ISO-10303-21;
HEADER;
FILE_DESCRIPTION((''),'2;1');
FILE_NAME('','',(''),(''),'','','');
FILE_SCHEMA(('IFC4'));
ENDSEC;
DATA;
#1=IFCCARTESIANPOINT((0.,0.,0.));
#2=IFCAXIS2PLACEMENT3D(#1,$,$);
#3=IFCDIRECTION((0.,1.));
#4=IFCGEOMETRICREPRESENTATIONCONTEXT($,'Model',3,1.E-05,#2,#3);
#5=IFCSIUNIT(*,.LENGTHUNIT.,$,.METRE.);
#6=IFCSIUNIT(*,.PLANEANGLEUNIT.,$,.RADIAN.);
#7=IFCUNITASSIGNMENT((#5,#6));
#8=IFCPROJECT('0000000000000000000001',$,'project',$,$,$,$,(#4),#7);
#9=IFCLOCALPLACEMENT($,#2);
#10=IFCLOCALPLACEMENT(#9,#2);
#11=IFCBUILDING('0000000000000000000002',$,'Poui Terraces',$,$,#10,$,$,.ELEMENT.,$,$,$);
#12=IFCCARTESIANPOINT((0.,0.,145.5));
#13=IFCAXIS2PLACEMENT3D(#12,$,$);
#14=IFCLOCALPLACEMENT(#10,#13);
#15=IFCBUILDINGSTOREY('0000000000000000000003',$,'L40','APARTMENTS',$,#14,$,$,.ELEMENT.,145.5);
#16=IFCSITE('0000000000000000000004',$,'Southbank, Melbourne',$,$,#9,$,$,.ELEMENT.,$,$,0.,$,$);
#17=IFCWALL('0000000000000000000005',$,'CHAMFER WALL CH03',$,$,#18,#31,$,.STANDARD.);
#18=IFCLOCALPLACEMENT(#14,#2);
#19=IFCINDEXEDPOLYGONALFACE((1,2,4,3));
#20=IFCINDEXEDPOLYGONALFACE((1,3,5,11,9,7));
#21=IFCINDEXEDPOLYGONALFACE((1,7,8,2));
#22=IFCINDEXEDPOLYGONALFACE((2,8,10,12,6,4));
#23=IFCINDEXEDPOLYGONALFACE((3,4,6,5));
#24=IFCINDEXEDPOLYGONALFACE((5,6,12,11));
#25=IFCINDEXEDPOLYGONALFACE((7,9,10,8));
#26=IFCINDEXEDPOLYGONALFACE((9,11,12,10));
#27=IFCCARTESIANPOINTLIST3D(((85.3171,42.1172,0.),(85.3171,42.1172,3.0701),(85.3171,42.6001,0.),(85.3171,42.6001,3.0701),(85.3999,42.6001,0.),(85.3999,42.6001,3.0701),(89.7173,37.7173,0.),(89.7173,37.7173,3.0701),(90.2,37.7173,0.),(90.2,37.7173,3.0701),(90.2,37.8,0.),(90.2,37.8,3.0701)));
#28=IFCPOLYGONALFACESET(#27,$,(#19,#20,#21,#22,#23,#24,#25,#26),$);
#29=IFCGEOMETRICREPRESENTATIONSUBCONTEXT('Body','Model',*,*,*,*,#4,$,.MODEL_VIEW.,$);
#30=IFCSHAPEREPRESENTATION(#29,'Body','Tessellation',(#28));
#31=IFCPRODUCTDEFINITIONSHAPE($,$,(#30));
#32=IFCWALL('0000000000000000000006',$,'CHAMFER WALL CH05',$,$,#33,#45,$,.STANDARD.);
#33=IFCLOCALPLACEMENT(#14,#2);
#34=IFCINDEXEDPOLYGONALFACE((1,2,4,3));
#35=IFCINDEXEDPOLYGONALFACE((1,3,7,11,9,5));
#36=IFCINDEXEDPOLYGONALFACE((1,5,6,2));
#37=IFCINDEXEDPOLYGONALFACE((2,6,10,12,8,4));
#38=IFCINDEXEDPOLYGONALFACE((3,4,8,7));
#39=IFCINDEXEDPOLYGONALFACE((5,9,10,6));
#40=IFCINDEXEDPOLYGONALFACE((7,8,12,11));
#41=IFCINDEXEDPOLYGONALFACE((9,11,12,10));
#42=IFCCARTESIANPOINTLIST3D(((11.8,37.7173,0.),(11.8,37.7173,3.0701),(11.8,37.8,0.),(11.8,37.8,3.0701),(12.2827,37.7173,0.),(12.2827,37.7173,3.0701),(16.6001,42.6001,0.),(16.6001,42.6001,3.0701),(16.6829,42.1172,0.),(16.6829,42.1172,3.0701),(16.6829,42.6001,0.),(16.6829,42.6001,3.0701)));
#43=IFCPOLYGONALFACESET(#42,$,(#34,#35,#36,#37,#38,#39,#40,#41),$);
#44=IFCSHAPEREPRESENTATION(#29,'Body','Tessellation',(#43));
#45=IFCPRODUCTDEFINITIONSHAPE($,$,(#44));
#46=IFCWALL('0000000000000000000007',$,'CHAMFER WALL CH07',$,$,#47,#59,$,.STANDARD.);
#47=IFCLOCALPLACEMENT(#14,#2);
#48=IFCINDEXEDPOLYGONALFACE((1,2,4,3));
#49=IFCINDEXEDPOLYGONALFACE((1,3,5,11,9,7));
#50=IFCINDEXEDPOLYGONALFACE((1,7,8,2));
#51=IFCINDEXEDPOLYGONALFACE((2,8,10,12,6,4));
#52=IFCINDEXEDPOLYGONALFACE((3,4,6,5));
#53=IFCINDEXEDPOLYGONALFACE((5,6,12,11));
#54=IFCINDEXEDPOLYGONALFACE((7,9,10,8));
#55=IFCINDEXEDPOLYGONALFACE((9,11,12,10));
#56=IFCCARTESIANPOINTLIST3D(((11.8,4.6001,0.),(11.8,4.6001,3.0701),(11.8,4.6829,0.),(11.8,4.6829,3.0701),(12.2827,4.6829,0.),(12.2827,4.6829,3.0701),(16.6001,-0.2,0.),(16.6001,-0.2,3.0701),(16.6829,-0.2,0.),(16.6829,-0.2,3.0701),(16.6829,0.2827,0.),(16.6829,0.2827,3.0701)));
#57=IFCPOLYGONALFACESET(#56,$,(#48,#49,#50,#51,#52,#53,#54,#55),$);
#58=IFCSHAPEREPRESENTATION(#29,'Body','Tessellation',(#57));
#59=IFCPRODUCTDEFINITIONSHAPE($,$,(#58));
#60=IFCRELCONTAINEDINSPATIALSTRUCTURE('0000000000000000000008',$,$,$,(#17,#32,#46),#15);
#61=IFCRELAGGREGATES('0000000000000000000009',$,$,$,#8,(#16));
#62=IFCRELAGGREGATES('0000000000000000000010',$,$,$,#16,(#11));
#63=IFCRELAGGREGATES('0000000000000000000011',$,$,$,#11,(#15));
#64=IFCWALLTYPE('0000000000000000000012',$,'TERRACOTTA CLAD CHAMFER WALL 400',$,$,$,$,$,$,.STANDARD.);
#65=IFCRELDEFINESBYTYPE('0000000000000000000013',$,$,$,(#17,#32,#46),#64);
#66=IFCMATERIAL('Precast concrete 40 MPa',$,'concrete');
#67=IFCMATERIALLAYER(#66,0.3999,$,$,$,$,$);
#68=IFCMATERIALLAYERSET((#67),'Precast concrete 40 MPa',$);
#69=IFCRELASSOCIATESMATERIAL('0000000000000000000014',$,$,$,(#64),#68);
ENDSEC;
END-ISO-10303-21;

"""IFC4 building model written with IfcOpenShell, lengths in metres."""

from ifc_helpers import new_model, si_unit, direction, frame, origin, place, context, subcontext, project, spatial, polyline, outline, extrude, material, layer, layer_set, type_object, element, save


model = new_model("IFC4")

# Units and contexts
model_context = context("Model", 3, precision=1e-05, world=origin(), true_north=direction((0.0, 1.0)))
body_context = subcontext(model_context, "Body", "Model", "MODEL_VIEW")
ifc_project = project(units=[si_unit("LENGTHUNIT", "METRE"), si_unit("PLANEANGLEUNIT", "RADIAN")], contexts=[model_context])

# Site, building, storey
site_placement = place(None, origin())
site = spatial("IfcSite", under=ifc_project, at=site_placement, Name="Southbank, Melbourne", CompositionType="ELEMENT", RefElevation=0.0)
building_placement = place(site_placement, origin())
building = spatial("IfcBuilding", under=site, at=building_placement, Name="Poui Terraces", CompositionType="ELEMENT")
storey_placement = place(building_placement, frame((0.0, 0.0, 145.5)))
storey = spatial("IfcBuildingStorey", under=building, at=storey_placement, Name="L40", Description="APARTMENTS", CompositionType="ELEMENT", Elevation=145.5)

# Shared definitions
ifc_material_1 = material(Name="Precast concrete 40 MPa", Category="concrete")

# Walls
ifc_layer_1 = layer(ifc_material_1, 0.3999)
ifc_layer_set_1 = layer_set([ifc_layer_1], Name="Precast concrete 40 MPa")
wall_type = type_object("IfcWallType", Name="TERRACOTTA CLAD CHAMFER WALL 400", PredefinedType="STANDARD", material=ifc_layer_set_1)
wall_1_placement = place(storey_placement, origin())
element("IfcWall", 1, at=wall_1_placement, inside=storey, type_object=wall_type, Name="CHAMFER WALL CH03", PredefinedType="STANDARD", context=body_context, shape_type="SweptSolid", body=[
    extrude(outline(polyline([(90.2, 37.7173), (90.2, 37.8), (85.3999, 42.6001), (85.3171, 42.6001), (85.3171, 42.1172), (89.7173, 37.7173), (90.2, 37.7173)])), origin(), (0.0, 0.0, 1.0), 3.0701),
])
wall_2_placement = place(storey_placement, origin())
element("IfcWall", 2, at=wall_2_placement, inside=storey, type_object=wall_type, Name="CHAMFER WALL CH05", PredefinedType="STANDARD", context=body_context, shape_type="SweptSolid", body=[
    extrude(outline(polyline([(16.6829, 42.6001), (16.6001, 42.6001), (11.8, 37.8), (11.8, 37.7173), (12.2827, 37.7173), (16.6829, 42.1172), (16.6829, 42.6001)])), origin(), (0.0, 0.0, 1.0), 3.0701),
])
wall_3_placement = place(storey_placement, origin())
element("IfcWall", 3, at=wall_3_placement, inside=storey, type_object=wall_type, Name="CHAMFER WALL CH07", PredefinedType="STANDARD", context=body_context, shape_type="SweptSolid", body=[
    extrude(outline(polyline([(11.8, 4.6829), (11.8, 4.6001), (16.6001, -0.2), (16.6829, -0.2), (16.6829, 0.2827), (12.2827, 4.6829), (11.8, 4.6829)])), origin(), (0.0, 0.0, 1.0), 3.0701),
])

save(model, "model.ifc")
